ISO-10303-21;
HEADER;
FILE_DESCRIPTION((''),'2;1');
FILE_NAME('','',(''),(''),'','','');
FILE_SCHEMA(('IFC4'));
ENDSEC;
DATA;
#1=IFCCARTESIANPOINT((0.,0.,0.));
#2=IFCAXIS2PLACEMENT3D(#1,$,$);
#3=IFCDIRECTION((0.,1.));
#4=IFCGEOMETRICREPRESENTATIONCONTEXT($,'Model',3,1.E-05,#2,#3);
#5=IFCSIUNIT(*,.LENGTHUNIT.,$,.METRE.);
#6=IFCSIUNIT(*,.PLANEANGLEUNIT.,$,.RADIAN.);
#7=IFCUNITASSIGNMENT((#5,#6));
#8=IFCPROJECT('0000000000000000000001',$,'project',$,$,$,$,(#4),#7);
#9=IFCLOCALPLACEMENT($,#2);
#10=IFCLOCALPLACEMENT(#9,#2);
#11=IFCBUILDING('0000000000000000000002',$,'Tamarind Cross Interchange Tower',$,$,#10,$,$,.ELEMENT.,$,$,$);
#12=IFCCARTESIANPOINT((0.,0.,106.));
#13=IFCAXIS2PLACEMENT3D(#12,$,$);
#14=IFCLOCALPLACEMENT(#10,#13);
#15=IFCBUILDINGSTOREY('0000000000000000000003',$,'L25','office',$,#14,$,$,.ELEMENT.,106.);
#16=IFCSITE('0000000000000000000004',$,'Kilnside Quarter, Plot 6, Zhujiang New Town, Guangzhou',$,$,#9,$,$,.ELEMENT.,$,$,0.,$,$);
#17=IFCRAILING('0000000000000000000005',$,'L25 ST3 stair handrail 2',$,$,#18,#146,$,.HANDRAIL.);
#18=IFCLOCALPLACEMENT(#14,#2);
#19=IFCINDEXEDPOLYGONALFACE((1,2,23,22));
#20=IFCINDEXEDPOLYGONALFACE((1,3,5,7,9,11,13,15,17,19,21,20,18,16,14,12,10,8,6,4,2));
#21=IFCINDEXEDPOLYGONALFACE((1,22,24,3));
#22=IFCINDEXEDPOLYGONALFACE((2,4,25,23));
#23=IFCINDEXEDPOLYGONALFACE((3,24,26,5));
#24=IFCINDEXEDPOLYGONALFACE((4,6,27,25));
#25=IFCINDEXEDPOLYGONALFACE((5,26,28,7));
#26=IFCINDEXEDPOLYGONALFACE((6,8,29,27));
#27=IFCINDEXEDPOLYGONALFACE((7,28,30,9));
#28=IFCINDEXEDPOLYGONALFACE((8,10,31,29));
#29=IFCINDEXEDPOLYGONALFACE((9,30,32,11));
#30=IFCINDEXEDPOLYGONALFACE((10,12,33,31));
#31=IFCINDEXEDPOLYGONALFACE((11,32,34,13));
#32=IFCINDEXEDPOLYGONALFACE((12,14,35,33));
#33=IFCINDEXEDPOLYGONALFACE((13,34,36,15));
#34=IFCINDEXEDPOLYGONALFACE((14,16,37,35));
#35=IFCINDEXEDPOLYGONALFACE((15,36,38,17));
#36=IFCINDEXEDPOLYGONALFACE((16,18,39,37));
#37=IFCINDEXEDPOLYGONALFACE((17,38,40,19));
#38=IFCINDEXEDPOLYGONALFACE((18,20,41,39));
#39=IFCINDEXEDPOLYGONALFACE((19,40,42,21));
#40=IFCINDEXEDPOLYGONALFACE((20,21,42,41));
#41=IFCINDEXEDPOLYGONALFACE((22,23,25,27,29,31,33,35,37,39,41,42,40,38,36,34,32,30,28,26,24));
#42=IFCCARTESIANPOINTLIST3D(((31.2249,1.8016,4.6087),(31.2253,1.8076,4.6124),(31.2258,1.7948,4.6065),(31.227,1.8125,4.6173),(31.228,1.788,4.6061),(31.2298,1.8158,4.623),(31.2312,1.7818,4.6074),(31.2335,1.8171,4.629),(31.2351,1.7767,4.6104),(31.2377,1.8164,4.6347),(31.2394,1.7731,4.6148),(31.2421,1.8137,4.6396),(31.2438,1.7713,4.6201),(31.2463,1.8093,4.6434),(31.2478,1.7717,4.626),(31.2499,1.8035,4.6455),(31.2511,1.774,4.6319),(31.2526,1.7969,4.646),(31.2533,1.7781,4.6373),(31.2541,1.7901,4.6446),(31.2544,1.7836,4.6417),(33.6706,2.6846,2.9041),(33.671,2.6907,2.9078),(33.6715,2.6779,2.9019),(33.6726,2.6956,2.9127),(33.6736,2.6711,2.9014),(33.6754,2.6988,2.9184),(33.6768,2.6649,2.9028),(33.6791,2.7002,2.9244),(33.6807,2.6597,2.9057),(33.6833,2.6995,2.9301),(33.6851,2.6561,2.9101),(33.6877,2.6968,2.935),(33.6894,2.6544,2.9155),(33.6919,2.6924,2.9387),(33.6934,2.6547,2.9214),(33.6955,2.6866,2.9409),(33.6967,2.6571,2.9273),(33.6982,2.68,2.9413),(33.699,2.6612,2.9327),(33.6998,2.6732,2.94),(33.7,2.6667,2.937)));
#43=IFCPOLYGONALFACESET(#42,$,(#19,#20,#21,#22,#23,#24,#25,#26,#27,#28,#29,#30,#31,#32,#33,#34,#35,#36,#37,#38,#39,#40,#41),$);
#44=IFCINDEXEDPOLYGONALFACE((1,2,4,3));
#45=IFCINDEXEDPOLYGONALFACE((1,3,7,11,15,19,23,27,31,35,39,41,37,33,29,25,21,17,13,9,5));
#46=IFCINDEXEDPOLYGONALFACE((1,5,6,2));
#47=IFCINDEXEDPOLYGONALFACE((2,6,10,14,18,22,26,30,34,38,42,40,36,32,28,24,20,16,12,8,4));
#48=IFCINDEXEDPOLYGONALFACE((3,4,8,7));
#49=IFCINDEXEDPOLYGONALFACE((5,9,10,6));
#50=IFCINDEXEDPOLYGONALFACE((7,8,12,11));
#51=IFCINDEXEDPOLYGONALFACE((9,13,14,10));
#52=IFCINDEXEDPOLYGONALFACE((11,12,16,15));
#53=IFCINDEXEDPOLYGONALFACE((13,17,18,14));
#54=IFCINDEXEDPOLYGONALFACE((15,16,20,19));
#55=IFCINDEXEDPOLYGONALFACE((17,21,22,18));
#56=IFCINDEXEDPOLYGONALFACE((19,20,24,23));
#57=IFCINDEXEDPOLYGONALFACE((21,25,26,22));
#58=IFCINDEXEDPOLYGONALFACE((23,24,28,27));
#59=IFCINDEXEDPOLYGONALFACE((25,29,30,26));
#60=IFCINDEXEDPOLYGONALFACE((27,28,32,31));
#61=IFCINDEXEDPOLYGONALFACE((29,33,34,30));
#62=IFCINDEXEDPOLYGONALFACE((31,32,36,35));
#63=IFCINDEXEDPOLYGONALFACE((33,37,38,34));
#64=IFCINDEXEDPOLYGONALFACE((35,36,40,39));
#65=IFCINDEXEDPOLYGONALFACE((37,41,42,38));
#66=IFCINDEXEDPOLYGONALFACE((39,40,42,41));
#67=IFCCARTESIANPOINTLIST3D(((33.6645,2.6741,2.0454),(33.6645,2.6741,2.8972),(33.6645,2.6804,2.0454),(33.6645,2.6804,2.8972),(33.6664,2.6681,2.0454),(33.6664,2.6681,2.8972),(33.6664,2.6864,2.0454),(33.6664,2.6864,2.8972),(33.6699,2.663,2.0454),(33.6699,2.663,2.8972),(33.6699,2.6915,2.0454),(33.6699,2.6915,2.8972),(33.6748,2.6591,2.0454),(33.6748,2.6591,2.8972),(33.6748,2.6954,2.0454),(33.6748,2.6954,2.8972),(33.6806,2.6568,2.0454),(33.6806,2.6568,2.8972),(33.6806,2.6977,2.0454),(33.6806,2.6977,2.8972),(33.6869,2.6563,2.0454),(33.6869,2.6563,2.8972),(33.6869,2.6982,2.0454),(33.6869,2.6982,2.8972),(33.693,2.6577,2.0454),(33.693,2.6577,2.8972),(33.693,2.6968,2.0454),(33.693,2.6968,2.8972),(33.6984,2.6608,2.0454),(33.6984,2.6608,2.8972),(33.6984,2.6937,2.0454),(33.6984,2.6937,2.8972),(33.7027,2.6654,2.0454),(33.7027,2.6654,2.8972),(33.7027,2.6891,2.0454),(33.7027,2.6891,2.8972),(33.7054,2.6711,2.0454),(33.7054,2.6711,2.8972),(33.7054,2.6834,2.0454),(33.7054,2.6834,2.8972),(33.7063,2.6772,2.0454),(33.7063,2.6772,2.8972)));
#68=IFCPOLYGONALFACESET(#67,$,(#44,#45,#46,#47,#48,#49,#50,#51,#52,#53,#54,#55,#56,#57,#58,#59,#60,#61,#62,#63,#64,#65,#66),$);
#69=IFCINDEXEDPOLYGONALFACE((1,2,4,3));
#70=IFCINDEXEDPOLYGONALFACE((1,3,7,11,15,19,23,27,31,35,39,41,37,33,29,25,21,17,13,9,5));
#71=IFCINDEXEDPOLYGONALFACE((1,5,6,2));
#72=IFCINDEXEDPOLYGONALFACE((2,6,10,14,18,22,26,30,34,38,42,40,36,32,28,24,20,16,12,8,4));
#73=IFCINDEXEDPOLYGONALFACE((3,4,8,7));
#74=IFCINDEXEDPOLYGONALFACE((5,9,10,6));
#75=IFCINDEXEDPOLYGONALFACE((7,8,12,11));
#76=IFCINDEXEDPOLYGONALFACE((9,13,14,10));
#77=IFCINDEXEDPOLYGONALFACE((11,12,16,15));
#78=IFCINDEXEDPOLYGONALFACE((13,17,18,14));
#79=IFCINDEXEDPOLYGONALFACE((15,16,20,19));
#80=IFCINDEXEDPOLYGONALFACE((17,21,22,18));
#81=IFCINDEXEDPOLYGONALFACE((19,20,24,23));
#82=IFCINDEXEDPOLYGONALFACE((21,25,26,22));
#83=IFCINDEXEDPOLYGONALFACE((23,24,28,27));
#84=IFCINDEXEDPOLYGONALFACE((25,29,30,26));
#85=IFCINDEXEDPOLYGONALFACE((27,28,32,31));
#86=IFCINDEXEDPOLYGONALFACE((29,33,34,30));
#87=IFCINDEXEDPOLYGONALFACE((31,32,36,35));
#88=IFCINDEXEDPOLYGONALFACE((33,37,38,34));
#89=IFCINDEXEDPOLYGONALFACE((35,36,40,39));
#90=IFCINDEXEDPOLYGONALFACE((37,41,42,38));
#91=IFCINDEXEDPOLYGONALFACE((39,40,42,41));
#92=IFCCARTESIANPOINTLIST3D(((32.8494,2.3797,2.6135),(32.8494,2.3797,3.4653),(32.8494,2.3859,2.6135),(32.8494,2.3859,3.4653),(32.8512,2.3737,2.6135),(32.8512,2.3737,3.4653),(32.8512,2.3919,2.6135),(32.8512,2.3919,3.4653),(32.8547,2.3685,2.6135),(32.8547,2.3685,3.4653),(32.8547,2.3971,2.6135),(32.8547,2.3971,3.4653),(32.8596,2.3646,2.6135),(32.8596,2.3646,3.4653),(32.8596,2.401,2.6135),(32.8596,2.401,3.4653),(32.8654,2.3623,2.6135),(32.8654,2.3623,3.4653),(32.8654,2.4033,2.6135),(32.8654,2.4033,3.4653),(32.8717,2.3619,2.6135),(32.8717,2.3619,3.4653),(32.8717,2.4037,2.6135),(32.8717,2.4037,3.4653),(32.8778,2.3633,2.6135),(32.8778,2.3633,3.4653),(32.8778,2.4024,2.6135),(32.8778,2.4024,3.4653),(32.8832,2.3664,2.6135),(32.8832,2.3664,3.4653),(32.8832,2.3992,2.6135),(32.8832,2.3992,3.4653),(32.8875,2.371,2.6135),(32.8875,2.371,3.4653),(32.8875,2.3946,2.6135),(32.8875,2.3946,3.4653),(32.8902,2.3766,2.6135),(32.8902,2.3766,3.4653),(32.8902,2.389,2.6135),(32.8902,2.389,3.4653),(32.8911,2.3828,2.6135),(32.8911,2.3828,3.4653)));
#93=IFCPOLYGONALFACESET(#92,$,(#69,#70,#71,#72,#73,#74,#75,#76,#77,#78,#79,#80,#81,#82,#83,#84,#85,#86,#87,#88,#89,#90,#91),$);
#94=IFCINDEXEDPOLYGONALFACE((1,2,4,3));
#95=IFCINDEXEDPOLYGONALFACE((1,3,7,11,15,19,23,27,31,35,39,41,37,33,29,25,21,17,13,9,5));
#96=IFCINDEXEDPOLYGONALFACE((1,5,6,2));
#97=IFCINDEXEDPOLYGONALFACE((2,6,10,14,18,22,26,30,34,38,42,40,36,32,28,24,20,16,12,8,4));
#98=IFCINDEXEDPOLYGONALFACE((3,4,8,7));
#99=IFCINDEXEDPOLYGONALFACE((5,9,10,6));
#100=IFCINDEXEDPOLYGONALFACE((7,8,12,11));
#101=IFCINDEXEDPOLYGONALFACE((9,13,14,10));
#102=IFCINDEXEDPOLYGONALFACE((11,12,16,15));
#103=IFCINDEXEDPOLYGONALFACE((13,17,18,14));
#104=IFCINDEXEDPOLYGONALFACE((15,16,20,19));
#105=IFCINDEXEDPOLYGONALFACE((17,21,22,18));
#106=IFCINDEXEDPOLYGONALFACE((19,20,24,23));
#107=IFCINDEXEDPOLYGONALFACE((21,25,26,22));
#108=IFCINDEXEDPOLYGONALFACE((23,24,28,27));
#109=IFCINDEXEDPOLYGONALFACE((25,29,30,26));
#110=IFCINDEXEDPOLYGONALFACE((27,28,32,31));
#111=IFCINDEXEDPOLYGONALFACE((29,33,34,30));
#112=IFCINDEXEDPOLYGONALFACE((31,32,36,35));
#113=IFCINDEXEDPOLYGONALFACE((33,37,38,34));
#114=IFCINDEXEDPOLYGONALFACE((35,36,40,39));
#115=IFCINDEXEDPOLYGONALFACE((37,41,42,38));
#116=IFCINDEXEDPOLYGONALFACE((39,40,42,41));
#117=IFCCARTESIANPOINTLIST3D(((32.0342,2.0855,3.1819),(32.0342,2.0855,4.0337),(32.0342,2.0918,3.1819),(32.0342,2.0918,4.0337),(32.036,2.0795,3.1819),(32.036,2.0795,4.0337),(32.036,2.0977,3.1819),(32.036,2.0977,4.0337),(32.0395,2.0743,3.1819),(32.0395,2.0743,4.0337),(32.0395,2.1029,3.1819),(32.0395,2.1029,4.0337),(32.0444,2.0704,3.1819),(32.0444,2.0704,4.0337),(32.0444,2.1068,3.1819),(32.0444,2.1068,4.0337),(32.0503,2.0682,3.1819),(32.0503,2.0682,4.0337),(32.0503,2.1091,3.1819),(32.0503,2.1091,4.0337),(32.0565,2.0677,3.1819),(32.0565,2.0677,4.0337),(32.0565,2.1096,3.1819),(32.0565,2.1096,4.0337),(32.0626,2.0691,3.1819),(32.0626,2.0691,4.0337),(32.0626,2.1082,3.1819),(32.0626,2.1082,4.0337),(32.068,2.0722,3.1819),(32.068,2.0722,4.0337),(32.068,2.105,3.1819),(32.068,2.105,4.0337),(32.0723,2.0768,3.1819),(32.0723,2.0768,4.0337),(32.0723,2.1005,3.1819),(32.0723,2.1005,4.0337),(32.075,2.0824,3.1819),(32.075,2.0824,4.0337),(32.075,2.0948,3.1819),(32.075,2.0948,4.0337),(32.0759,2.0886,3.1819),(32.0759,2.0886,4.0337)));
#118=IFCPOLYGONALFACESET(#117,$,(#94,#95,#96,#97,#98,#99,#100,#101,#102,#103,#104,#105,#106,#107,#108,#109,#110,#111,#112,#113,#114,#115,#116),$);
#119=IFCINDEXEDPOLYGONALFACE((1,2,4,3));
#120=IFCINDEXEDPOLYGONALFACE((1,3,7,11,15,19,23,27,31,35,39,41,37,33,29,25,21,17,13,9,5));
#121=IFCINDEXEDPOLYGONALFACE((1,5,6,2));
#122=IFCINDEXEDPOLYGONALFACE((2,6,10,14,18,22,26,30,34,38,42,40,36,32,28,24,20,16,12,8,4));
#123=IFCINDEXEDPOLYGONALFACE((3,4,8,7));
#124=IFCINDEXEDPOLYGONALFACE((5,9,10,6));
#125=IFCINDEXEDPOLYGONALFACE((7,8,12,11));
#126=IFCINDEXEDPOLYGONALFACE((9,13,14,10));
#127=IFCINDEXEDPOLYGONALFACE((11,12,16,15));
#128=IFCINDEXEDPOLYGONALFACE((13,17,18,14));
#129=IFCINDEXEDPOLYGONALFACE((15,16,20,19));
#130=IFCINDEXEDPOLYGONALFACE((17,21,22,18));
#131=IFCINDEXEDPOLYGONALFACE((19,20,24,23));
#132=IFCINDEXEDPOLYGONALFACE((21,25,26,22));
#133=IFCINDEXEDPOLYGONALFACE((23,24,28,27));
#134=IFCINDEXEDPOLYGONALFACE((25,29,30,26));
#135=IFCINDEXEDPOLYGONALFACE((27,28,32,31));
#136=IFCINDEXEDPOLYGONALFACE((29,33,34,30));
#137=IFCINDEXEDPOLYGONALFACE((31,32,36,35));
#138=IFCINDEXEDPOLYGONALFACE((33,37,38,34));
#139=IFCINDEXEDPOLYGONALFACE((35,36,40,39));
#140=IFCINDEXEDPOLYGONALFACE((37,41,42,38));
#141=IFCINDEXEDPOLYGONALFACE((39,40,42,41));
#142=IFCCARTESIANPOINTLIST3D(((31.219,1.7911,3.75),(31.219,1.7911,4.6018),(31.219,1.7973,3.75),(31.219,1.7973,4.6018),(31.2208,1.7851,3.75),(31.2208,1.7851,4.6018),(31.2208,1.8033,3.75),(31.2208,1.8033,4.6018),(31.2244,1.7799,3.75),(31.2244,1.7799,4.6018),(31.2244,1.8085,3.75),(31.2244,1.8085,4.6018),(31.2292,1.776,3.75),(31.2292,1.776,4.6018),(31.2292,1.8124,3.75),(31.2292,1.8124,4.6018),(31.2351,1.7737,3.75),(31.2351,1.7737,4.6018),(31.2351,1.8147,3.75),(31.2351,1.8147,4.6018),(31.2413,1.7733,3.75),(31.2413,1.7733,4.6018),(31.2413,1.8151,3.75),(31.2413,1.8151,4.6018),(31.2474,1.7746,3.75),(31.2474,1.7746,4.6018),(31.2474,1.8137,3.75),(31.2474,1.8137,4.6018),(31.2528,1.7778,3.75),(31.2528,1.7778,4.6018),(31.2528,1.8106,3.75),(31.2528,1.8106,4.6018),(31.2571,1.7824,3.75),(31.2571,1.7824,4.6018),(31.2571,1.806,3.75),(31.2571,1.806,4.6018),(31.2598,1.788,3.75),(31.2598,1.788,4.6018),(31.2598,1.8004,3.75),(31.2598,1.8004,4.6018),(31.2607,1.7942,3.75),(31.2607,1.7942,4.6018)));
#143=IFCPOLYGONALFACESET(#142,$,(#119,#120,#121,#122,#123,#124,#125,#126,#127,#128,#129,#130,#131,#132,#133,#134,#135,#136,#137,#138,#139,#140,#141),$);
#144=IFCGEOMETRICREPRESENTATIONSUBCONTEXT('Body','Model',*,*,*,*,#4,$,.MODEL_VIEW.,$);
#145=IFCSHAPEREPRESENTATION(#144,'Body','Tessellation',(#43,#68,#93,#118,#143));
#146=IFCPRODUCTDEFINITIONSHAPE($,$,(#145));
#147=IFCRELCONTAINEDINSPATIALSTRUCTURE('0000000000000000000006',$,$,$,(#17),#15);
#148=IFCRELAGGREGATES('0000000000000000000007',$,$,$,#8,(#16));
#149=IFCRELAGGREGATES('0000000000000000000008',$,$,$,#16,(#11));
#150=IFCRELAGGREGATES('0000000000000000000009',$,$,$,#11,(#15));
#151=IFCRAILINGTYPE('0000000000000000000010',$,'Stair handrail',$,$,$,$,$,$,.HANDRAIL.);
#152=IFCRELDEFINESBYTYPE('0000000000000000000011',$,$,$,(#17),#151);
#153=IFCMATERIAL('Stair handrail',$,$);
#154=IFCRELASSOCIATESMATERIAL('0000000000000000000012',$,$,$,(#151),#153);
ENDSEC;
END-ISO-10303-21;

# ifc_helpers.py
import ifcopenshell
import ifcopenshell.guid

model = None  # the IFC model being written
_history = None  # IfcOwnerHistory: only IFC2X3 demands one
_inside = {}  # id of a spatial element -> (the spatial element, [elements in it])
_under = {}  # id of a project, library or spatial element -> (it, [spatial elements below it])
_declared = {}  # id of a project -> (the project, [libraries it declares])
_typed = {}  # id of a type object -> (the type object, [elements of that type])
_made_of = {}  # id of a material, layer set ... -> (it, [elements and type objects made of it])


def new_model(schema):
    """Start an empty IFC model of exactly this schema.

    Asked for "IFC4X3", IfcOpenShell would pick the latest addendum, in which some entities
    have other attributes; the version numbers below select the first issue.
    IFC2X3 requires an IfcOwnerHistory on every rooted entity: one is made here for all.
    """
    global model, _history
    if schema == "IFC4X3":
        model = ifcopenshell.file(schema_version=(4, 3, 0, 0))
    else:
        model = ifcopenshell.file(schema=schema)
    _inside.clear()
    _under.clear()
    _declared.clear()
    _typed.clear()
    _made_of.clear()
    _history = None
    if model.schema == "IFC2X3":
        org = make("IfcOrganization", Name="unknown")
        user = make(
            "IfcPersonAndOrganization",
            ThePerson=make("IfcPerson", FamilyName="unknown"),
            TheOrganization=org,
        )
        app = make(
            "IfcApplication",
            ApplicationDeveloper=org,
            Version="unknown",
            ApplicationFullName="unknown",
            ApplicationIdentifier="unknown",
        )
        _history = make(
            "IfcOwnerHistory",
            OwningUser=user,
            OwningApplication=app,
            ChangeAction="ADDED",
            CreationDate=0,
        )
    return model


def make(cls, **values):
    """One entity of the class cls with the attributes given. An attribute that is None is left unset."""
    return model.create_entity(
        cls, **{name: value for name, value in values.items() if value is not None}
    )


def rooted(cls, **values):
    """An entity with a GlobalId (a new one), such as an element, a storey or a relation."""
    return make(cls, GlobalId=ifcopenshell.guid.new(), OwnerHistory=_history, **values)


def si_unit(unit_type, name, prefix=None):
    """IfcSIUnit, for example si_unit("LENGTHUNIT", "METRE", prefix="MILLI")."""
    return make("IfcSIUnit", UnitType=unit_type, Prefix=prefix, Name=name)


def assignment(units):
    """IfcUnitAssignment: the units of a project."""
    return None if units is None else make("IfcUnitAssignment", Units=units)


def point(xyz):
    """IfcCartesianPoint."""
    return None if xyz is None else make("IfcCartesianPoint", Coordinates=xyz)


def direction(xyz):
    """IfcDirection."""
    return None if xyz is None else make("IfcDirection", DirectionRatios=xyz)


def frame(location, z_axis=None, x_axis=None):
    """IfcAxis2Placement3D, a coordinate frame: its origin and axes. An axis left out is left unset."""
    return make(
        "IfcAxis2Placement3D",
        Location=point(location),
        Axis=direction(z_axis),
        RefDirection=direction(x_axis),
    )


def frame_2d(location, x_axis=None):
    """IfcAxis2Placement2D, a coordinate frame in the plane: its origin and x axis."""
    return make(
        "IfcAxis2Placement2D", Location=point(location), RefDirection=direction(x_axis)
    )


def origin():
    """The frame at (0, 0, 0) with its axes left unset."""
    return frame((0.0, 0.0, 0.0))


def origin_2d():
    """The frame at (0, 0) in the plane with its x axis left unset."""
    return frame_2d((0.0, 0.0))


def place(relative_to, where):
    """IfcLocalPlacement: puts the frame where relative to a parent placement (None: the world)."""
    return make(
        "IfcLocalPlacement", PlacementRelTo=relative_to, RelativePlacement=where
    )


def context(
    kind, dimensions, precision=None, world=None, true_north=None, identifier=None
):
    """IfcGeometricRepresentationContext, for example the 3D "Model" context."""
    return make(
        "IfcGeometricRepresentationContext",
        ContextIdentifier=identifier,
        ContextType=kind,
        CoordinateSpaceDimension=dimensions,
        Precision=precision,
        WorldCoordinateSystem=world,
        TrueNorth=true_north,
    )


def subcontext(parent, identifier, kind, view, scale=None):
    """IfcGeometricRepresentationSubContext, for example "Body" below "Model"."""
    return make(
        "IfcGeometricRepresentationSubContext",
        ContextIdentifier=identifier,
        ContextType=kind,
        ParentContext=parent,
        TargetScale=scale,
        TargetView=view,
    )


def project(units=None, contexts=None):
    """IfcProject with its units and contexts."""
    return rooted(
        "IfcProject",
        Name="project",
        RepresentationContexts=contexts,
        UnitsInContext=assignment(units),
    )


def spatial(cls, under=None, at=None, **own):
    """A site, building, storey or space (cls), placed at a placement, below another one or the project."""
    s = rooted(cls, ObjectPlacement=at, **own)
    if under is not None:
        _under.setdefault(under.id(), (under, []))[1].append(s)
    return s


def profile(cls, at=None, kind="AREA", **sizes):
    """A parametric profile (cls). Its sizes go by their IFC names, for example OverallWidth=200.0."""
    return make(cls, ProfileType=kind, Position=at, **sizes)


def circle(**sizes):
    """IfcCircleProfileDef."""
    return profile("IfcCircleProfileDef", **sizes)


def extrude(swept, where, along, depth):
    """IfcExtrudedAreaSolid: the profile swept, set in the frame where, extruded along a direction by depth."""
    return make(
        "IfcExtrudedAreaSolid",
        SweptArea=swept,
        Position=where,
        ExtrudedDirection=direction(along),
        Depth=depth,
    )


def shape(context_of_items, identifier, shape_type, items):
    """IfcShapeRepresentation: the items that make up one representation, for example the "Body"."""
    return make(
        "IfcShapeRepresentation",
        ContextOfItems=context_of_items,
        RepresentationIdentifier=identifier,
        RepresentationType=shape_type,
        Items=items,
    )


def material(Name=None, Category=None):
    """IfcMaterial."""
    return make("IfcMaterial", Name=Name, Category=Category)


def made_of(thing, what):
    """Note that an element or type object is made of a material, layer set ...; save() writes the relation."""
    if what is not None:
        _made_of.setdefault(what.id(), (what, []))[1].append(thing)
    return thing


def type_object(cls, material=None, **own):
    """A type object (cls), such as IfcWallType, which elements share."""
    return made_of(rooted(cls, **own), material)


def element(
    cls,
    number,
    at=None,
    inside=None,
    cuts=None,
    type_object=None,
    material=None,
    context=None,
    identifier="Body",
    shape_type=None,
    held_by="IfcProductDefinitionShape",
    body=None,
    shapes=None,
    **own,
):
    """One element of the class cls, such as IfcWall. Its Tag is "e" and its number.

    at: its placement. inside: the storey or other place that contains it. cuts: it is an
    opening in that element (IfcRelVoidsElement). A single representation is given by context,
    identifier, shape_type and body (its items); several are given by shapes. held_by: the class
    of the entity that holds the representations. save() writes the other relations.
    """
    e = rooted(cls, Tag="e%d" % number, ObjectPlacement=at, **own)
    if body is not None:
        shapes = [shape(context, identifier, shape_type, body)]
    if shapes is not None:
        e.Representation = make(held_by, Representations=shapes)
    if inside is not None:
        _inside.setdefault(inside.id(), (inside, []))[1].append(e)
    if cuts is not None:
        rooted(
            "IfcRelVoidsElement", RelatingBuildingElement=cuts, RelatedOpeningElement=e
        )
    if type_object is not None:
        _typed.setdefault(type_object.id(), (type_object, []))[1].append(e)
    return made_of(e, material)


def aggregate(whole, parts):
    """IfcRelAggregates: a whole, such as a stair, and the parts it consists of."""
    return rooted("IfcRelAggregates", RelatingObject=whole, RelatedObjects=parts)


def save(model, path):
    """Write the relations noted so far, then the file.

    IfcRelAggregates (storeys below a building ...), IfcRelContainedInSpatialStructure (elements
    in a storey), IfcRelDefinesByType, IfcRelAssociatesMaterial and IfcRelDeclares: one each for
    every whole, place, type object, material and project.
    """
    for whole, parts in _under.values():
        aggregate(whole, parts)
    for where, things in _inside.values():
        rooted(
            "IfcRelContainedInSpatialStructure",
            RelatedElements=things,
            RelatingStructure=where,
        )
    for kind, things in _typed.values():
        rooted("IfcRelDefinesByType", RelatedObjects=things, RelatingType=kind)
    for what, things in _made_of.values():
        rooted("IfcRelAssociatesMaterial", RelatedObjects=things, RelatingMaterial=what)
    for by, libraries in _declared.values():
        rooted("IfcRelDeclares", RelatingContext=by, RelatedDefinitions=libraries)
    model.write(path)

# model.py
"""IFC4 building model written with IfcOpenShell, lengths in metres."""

from ifc_helpers import new_model, si_unit, direction, frame, origin, origin_2d, place, context, subcontext, project, spatial, circle, extrude, material, type_object, element, save


model = new_model("IFC4")

# Units and contexts
model_context = context("Model", 3, precision=1e-05, world=origin(), true_north=direction((0.0, 1.0)))
body_context = subcontext(model_context, "Body", "Model", "MODEL_VIEW")
ifc_project = project(units=[si_unit("LENGTHUNIT", "METRE"), si_unit("PLANEANGLEUNIT", "RADIAN")], contexts=[model_context])

# Site, building, storey
site_placement = place(None, origin())
site = spatial("IfcSite", under=ifc_project, at=site_placement, Name="Kilnside Quarter, Plot 6, Zhujiang New Town, Guangzhou", CompositionType="ELEMENT", RefElevation=0.0)
building_placement = place(site_placement, origin())
building = spatial("IfcBuilding", under=site, at=building_placement, Name="Tamarind Cross Interchange Tower", CompositionType="ELEMENT")
storey_placement = place(building_placement, frame((0.0, 0.0, 106.0)))
storey = spatial("IfcBuildingStorey", under=building, at=storey_placement, Name="L25", Description="office", CompositionType="ELEMENT", Elevation=106.0)

# Railing
ifc_material_1 = material(Name="Stair handrail")
railing_type_1 = type_object("IfcRailingType", Name="Stair handrail", PredefinedType="HANDRAIL", material=ifc_material_1)
railing_1_placement = place(storey_placement, frame((33.6853, 2.6772, 2.0454)))
element("IfcRailing", 1, at=railing_1_placement, inside=storey, type_object=railing_type_1, Name="L25 ST3 stair handrail 2", PredefinedType="HANDRAIL", context=body_context, shape_type="SweptSolid", body=[
    extrude(circle(Radius=0.0239, at=origin_2d()), frame((0.0, 0.0, 0.876), z_axis=(-0.786594, -0.284028, 0.548268), x_axis=(0.339624, -0.940561, 0.0)), (0.0, 0.0, 1.0), 3.1091),
    extrude(circle(Radius=0.021, at=origin_2d()), origin(), (0.0, 0.0, 1.0), 0.8518),
    extrude(circle(Radius=0.021, at=origin_2d()), frame((-0.8152, -0.2944, 0.5681)), (0.0, 0.0, 1.0), 0.8518),
    extrude(circle(Radius=0.021, at=origin_2d()), frame((-1.6304, -0.5886, 1.1365)), (0.0, 0.0, 1.0), 0.8518),
    extrude(circle(Radius=0.021, at=origin_2d()), frame((-2.4456, -0.8831, 1.7046)), (0.0, 0.0, 1.0), 0.8518),
])

save(model, "model.ifc")
